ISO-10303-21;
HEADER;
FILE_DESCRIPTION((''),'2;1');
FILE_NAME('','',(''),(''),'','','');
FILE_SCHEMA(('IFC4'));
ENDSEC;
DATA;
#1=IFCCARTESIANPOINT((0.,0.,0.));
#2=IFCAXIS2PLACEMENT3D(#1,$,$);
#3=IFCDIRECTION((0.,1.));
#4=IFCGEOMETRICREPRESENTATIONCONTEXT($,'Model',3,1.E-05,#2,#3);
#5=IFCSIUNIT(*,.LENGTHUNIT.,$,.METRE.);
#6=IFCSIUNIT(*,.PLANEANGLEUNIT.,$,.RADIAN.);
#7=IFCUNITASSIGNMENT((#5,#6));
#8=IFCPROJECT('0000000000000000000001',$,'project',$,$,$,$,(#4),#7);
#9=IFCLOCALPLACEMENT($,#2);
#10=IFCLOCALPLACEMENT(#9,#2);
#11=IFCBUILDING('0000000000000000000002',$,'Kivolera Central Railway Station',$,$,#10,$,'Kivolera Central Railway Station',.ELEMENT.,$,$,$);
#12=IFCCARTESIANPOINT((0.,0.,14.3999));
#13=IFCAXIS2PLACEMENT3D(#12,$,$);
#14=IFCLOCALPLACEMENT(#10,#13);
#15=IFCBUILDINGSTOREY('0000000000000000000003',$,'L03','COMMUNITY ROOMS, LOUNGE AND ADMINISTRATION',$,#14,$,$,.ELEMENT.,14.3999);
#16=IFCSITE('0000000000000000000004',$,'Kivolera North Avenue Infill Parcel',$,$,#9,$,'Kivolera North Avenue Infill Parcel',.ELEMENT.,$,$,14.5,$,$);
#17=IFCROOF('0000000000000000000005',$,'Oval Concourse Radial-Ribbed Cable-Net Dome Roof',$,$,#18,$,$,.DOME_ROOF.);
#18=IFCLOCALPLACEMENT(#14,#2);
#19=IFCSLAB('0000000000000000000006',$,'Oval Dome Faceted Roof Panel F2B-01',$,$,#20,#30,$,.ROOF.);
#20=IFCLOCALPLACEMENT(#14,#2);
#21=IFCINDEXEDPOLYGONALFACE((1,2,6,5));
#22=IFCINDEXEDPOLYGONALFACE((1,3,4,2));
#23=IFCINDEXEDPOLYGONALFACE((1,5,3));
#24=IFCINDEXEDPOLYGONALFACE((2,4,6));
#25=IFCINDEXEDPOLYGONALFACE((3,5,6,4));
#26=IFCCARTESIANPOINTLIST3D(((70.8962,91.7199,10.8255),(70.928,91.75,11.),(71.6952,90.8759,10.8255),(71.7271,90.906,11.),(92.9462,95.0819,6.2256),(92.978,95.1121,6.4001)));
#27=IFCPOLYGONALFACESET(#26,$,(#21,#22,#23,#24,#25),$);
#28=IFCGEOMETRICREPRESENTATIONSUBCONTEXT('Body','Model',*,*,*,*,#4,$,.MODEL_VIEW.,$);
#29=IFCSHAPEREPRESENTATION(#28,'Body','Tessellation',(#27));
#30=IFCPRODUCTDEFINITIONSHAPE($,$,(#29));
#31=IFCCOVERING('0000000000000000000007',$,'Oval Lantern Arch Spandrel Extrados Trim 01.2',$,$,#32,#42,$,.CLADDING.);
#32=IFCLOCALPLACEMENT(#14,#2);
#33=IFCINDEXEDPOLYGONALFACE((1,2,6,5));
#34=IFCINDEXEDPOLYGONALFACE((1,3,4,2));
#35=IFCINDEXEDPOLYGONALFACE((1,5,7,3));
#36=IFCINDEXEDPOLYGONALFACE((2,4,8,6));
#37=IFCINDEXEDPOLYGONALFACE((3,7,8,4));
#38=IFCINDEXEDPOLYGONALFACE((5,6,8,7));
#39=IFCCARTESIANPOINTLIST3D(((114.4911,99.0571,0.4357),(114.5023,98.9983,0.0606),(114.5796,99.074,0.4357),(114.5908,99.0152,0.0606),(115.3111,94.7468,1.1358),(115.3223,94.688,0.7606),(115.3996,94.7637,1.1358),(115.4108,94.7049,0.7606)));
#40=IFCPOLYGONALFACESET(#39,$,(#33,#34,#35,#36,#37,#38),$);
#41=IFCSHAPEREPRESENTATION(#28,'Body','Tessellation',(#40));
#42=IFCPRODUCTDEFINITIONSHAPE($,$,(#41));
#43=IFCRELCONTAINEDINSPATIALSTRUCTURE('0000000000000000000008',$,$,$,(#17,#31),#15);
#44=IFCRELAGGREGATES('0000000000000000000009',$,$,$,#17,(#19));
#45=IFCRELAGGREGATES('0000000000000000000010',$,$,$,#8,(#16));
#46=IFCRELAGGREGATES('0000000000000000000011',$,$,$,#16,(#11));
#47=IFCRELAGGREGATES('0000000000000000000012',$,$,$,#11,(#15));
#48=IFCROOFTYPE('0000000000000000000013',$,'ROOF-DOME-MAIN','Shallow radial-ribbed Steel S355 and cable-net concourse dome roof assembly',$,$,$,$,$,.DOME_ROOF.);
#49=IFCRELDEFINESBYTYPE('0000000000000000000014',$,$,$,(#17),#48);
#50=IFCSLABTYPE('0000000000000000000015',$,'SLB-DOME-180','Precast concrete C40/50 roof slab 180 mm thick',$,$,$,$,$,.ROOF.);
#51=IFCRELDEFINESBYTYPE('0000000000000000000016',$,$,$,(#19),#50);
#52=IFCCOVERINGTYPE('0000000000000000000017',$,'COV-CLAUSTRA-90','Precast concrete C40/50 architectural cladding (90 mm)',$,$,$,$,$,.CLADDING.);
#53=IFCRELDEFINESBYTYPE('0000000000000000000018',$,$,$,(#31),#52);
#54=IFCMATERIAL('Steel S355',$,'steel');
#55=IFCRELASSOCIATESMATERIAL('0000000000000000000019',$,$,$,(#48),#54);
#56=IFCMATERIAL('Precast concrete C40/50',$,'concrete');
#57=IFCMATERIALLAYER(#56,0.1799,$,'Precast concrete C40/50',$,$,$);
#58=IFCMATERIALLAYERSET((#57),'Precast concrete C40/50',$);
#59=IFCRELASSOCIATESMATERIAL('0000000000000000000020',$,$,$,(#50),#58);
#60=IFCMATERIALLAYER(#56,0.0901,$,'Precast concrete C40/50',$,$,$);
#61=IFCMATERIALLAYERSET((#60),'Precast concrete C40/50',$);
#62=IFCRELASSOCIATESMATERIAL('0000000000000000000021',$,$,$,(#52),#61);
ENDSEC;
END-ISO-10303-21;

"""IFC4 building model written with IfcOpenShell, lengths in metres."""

from ifc_helpers import new_model, si_unit, direction, frame, origin, origin_2d, place, context, subcontext, project, spatial, polyline, rectangle, outline, extrude, material, layer, layer_set, type_object, element, aggregate, save


model = new_model("IFC4")

# Units and contexts
model_context = context("Model", 3, precision=1e-05, world=origin(), true_north=direction((0.0, 1.0)))
body_context = subcontext(model_context, "Body", "Model", "MODEL_VIEW")
ifc_project = project(units=[si_unit("LENGTHUNIT", "METRE"), si_unit("PLANEANGLEUNIT", "RADIAN")], contexts=[model_context])

# Site, building, storey
site_placement = place(None, origin())
site = spatial("IfcSite", under=ifc_project, at=site_placement, Name="Kivolera North Avenue Infill Parcel", LongName="Kivolera North Avenue Infill Parcel", CompositionType="ELEMENT", RefElevation=14.5)
building_placement = place(site_placement, origin())
building = spatial("IfcBuilding", under=site, at=building_placement, Name="Kivolera Central Railway Station", LongName="Kivolera Central Railway Station", CompositionType="ELEMENT")
storey_placement = place(building_placement, frame((0.0, 0.0, 14.3999)))
storey = spatial("IfcBuildingStorey", under=building, at=storey_placement, Name="L03", Description="COMMUNITY ROOMS, LOUNGE AND ADMINISTRATION", CompositionType="ELEMENT", Elevation=14.3999)

# Shared definitions
ifc_material_1 = material(Name="Steel S355", Category="steel")

# Roof, slab
roof_type = type_object("IfcRoofType", Name="ROOF-DOME-MAIN", Description="Shallow radial-ribbed Steel S355 and cable-net concourse dome roof assembly", PredefinedType="DOME_ROOF", material=ifc_material_1)
roof_placement = place(storey_placement, origin())
roof = element("IfcRoof", 1, at=roof_placement, inside=storey, type_object=roof_type, Name="Oval Concourse Radial-Ribbed Cable-Net Dome Roof", PredefinedType="DOME_ROOF")
ifc_material_2 = material(Name="Precast concrete C40/50", Category="concrete")
ifc_layer_1 = layer(ifc_material_2, 0.1799, Name="Precast concrete C40/50")
ifc_layer_set_1 = layer_set([ifc_layer_1], Name="Precast concrete C40/50")
slab_type = type_object("IfcSlabType", Name="SLB-DOME-180", Description="Precast concrete C40/50 roof slab 180 mm thick", PredefinedType="ROOF", material=ifc_layer_set_1)
slab_1_placement = place(storey_placement, frame((92.978, 95.1121, 6.4001), z_axis=(0.176808, 0.167397, 0.969906), x_axis=(-0.968201, -0.147625, 0.201976)))
slab_1 = element("IfcSlab", 2, at=slab_1_placement, type_object=slab_type, Name="Oval Dome Faceted Roof Panel F2B-01", PredefinedType="ROOF", context=body_context, shape_type="SweptSolid", body=[
    extrude(outline(polyline([(0.0, 0.0), (22.7743, 0.0), (22.1252, 0.9641), (0.0, 0.0)])), origin(), (0.0, 0.0, -1.0), 0.1799),
])
aggregate(roof, [slab_1])

# Covering
ifc_layer_2 = layer(ifc_material_2, 0.0901, Name="Precast concrete C40/50")
ifc_layer_set_2 = layer_set([ifc_layer_2], Name="Precast concrete C40/50")
covering_type = type_object("IfcCoveringType", Name="COV-CLAUSTRA-90", Description="Precast concrete C40/50 architectural cladding (90 mm)", PredefinedType="CLADDING", material=ifc_layer_set_2)
covering_placement = place(storey_placement, frame((114.9509, 96.8811, 0.5981), z_axis=(-0.184568, 0.970108, -0.157558), x_axis=(0.98239, 0.186841, 0.0)))
element("IfcCovering", 3, at=covering_placement, inside=storey, type_object=covering_type, Name="Oval Lantern Arch Spandrel Extrados Trim 01.2", PredefinedType="CLADDING", context=body_context, shape_type="SweptSolid", body=[
    extrude(rectangle(XDim=0.0901, YDim=0.3799, at=origin_2d()), frame((0.0, 0.0, -2.2217)), (0.0, 0.0, 1.0), 4.4431),
])

save(model, "model.ifc")
